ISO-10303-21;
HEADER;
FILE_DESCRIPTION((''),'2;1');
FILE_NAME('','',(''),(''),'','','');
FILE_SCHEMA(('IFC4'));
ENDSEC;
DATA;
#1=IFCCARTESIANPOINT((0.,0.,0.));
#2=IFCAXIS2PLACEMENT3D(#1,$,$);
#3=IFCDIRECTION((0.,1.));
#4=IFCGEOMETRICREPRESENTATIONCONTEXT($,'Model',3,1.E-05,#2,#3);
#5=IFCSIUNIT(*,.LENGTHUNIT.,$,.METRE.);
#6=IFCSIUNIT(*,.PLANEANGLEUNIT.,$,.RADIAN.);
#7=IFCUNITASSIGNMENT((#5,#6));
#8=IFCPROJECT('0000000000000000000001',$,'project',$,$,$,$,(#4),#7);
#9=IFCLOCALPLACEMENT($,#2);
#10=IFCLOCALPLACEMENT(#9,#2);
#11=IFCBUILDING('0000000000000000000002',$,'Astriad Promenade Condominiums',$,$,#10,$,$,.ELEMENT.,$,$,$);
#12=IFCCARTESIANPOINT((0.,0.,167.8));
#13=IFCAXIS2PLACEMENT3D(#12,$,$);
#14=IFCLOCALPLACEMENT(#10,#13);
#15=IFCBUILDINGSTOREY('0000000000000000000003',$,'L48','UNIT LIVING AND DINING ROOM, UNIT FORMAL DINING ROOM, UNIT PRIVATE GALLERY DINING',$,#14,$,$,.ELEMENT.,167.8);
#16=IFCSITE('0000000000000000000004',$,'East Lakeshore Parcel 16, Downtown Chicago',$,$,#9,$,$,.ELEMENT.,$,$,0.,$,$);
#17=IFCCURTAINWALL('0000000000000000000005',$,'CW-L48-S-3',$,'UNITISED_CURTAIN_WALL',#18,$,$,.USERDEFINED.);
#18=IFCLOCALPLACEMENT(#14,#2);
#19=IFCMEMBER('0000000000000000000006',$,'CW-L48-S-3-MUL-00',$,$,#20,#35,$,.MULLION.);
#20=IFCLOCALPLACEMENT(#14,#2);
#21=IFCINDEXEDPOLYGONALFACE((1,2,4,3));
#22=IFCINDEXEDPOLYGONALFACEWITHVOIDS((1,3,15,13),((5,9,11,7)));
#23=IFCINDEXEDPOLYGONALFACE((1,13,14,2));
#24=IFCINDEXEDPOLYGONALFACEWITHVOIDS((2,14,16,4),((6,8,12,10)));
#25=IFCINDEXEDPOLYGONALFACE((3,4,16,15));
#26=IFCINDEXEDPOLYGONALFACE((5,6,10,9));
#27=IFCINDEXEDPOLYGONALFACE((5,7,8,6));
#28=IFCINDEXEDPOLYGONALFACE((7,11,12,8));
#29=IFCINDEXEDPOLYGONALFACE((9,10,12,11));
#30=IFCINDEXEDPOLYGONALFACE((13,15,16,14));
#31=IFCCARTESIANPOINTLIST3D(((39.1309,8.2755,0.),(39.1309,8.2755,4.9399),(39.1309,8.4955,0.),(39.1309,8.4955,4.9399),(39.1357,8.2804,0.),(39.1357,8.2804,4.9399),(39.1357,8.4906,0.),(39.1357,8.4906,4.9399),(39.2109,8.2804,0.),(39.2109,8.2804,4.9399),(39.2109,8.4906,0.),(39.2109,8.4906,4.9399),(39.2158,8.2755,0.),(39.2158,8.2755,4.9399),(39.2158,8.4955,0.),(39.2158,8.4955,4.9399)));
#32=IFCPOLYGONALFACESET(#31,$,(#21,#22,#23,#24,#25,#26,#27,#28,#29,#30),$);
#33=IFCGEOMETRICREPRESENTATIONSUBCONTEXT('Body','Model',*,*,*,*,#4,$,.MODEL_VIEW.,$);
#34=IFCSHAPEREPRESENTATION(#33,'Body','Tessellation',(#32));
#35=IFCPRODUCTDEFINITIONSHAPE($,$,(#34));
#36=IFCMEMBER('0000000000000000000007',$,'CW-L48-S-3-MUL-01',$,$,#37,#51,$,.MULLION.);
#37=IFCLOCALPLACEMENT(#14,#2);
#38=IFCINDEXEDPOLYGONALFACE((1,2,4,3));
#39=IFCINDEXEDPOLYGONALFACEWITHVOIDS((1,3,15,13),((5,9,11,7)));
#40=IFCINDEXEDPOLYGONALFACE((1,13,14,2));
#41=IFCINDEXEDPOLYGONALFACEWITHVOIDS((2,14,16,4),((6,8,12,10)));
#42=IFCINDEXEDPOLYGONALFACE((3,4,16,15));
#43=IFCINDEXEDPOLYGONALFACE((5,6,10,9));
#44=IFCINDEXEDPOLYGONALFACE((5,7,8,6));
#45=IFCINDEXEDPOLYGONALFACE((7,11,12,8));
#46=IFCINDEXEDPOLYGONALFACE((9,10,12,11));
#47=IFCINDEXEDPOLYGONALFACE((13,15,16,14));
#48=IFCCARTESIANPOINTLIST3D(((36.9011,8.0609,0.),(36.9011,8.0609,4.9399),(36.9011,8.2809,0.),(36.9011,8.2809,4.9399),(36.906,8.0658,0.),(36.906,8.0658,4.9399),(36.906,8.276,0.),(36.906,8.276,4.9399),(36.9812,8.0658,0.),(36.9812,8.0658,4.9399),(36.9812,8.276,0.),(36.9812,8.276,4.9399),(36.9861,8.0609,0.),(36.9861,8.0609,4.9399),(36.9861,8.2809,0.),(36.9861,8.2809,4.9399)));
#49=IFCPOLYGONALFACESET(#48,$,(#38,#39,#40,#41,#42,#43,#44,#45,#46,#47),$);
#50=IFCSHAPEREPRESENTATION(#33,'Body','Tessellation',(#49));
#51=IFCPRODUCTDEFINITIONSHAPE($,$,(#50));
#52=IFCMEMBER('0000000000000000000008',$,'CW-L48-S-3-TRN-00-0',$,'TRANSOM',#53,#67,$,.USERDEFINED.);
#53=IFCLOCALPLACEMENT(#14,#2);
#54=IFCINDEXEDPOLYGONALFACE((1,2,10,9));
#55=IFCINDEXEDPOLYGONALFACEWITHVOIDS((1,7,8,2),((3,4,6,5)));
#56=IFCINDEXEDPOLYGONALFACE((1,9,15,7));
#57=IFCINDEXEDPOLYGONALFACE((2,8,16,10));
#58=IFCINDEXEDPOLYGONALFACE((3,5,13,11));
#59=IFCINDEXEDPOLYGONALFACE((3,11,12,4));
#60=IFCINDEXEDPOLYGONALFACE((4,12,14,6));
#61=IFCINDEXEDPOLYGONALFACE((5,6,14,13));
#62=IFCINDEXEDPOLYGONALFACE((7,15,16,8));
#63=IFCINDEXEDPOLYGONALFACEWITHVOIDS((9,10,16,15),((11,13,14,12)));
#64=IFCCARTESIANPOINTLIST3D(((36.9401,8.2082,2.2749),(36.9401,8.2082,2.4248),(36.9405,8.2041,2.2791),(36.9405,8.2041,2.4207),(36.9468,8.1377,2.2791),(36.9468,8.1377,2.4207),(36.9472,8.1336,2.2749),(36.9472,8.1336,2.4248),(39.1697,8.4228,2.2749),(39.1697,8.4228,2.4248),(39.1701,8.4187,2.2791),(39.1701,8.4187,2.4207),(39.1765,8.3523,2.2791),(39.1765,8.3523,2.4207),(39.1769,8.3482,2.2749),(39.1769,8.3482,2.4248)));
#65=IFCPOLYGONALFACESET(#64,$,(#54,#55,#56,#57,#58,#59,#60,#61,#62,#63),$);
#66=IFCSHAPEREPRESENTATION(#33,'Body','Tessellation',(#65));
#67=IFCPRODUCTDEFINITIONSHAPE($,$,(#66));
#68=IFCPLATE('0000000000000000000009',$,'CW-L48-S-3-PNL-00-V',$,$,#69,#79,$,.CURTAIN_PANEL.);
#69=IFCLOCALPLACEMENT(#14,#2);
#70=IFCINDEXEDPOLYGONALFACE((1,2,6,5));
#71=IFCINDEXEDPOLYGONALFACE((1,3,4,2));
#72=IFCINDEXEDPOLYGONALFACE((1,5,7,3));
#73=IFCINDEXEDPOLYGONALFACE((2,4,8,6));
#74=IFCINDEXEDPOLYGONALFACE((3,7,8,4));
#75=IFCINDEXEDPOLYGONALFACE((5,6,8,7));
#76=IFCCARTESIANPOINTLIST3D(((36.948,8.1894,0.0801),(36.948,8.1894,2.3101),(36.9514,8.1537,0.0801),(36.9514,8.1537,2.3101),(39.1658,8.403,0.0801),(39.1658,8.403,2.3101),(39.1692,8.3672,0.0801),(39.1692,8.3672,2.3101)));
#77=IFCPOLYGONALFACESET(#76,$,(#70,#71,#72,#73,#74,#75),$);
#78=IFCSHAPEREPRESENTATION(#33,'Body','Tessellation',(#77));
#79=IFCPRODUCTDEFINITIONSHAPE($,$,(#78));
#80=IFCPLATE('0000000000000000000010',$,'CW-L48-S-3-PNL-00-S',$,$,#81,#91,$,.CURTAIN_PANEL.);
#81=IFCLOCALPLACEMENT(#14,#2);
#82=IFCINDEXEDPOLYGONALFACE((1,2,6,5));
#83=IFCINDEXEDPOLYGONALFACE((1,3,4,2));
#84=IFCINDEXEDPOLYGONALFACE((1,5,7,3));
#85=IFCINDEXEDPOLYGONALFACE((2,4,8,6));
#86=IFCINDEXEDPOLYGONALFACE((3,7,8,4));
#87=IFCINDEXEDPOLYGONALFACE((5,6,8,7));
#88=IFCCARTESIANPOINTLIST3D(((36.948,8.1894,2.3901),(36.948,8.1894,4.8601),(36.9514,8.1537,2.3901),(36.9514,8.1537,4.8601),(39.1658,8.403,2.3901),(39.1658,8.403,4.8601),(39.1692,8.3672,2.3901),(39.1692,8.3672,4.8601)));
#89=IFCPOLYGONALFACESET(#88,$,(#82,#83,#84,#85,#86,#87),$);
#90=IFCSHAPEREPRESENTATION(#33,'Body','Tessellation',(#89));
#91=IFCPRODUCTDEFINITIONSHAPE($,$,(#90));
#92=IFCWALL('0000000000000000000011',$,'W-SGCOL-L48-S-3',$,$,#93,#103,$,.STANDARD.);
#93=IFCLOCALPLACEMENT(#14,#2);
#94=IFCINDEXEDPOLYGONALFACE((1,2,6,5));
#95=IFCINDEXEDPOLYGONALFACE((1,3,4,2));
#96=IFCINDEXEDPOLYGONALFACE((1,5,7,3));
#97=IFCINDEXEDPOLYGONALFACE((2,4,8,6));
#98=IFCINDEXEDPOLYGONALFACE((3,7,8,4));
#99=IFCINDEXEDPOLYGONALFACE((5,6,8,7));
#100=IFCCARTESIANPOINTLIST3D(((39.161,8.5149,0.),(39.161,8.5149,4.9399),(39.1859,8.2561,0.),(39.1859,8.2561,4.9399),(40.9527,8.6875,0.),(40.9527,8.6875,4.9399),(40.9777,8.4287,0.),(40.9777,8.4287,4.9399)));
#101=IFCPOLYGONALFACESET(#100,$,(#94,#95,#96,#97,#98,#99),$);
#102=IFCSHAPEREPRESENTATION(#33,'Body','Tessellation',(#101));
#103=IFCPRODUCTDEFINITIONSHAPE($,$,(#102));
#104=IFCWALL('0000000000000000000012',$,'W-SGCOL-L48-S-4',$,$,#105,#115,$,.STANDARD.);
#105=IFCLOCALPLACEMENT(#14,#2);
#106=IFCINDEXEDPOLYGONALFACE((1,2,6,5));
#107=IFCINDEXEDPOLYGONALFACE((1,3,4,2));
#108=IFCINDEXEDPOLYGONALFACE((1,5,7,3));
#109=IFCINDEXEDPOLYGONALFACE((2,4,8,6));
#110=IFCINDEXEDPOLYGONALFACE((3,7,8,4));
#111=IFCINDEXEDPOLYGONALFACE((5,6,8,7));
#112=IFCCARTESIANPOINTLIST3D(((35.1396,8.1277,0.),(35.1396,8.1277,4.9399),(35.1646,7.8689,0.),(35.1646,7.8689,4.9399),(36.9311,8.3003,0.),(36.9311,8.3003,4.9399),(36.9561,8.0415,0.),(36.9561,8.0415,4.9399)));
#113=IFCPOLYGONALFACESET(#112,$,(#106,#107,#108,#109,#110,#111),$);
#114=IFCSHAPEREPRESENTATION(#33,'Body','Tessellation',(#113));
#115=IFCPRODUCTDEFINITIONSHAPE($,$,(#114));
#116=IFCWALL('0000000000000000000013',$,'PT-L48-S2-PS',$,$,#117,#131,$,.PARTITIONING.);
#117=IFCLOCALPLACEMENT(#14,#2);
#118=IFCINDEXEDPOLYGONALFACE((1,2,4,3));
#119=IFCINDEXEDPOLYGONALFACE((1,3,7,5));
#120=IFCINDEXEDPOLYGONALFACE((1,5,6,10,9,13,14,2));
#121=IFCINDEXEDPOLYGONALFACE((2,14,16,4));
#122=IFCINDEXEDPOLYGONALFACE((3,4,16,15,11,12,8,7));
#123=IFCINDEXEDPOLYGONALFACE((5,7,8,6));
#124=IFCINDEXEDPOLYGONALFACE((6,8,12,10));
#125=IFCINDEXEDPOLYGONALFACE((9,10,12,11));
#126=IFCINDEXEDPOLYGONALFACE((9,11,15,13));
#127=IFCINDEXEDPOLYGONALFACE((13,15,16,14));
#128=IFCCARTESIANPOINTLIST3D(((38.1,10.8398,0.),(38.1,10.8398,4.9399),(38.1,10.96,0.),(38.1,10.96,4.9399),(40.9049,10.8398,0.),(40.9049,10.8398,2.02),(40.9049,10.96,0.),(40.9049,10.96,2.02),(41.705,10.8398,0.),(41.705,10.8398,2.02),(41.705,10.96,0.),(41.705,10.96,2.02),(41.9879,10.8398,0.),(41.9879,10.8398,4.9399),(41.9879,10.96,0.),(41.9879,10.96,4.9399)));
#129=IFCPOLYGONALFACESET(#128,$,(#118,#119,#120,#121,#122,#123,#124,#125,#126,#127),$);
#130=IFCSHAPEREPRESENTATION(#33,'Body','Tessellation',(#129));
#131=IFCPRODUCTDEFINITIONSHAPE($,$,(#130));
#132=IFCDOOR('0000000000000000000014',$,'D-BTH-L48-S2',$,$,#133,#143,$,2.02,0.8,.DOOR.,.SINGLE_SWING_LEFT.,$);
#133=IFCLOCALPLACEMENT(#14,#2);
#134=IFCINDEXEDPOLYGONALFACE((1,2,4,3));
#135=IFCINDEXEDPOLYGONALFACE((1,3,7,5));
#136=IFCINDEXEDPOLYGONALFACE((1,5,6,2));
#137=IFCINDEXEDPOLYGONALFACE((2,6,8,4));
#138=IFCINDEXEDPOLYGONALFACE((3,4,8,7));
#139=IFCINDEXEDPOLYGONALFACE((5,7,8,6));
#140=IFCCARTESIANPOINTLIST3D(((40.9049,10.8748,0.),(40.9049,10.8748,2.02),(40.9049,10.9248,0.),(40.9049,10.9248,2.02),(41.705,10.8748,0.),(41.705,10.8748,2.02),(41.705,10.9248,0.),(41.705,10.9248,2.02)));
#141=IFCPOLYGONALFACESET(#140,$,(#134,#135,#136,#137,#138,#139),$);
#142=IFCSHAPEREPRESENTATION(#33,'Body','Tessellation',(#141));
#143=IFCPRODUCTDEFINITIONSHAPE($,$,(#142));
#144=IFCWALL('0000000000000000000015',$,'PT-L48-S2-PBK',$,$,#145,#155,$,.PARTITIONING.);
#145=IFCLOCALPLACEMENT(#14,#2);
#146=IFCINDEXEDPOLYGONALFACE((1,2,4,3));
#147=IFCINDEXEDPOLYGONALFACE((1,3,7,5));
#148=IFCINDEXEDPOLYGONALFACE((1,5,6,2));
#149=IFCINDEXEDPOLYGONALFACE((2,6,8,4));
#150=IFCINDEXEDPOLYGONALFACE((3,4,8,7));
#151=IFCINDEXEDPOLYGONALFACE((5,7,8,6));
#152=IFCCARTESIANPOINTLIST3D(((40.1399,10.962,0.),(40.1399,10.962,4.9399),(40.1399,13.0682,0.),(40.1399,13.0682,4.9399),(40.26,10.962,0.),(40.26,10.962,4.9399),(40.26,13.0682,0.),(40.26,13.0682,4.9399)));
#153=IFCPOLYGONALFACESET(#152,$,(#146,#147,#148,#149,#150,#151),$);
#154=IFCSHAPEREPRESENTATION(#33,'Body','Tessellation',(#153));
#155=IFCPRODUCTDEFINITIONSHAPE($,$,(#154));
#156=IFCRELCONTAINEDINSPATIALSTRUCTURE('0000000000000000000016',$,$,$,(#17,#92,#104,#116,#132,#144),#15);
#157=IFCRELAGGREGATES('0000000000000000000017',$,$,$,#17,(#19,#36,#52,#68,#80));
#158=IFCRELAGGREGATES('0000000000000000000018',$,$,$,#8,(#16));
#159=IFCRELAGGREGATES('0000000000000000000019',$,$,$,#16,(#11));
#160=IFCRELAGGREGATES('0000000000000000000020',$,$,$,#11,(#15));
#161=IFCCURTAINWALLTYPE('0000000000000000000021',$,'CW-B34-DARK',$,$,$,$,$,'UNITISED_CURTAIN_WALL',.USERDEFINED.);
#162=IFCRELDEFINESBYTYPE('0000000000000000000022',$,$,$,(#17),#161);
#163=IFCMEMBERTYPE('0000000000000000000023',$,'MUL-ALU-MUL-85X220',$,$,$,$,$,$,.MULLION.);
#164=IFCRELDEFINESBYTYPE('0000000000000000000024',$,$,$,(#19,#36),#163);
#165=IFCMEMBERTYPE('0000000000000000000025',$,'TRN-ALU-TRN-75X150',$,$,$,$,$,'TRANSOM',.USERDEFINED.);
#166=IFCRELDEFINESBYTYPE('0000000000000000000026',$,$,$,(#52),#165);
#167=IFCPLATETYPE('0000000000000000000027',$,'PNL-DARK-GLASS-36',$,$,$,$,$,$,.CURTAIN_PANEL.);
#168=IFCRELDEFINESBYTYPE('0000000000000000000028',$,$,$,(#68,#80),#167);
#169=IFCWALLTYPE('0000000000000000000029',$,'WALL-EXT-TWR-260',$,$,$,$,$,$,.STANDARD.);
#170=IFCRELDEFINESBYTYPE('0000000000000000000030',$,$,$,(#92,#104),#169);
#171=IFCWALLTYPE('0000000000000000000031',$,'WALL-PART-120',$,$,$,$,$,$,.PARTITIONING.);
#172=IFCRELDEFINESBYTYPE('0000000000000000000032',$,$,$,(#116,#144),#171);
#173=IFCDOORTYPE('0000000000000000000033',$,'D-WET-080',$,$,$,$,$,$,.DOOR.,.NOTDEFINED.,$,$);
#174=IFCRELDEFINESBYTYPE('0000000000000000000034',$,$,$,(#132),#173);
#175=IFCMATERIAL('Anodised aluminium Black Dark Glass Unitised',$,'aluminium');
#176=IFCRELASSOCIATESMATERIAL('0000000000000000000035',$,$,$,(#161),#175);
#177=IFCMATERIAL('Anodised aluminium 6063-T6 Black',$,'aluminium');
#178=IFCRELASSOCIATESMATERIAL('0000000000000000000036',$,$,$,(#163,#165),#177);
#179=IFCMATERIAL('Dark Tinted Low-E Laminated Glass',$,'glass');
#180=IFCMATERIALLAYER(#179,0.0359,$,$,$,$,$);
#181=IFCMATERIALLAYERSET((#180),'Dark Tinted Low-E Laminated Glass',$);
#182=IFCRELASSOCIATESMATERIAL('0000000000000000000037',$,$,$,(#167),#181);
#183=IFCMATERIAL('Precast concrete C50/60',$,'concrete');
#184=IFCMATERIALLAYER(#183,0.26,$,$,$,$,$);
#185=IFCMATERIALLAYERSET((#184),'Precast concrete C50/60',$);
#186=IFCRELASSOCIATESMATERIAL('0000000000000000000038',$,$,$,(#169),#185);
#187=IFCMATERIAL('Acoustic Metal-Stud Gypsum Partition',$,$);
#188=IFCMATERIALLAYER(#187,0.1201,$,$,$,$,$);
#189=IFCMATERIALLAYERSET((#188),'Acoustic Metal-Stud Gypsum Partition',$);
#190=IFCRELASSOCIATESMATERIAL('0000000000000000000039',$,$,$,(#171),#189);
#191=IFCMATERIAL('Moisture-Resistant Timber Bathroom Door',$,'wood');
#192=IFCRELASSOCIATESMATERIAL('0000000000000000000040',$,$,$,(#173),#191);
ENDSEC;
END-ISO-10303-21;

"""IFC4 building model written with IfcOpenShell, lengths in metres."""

from ifc_helpers import new_model, si_unit, direction, frame, frame_2d, origin, origin_2d, place, context, subcontext, project, spatial, rectangle, hollow_rectangle, extrude, source, transform, mapped, material, layer, layer_set, material_profile, profile_set, type_object, type_shapes, element, fill, aggregate, save


model = new_model("IFC4")

# Units and contexts
model_context = context("Model", 3, precision=1e-05, world=origin(), true_north=direction((0.0, 1.0)))
body_context = subcontext(model_context, "Body", "Model", "MODEL_VIEW")
ifc_project = project(units=[si_unit("LENGTHUNIT", "METRE"), si_unit("PLANEANGLEUNIT", "RADIAN")], contexts=[model_context])

# Site, building, storey
site_placement = place(None, origin())
site = spatial("IfcSite", under=ifc_project, at=site_placement, Name="East Lakeshore Parcel 16, Downtown Chicago", CompositionType="ELEMENT", RefElevation=0.0)
building_placement = place(site_placement, origin())
building = spatial("IfcBuilding", under=site, at=building_placement, Name="Astriad Promenade Condominiums", CompositionType="ELEMENT")
storey_placement = place(building_placement, frame((0.0, 0.0, 167.8)))
storey = spatial("IfcBuildingStorey", under=building, at=storey_placement, Name="L48", Description="UNIT LIVING AND DINING ROOM, UNIT FORMAL DINING ROOM, UNIT PRIVATE GALLERY DINING", CompositionType="ELEMENT", Elevation=167.8)

# Shared definitions
ifc_material_1 = material(Name="Anodised aluminium Black Dark Glass Unitised", Category="aluminium")
curtain_wall_type = type_object("IfcCurtainWallType", Name="CW-B34-DARK", ElementType="UNITISED_CURTAIN_WALL", PredefinedType="USERDEFINED", material=ifc_material_1)
ifc_material_2 = material(Name="Anodised aluminium 6063-T6 Black", Category="aluminium")
ifc_material_profile_1 = material_profile(ifc_material_2, hollow_rectangle(XDim=0.085, YDim=0.22, WallThickness=0.0049, at=origin_2d()), Name="ALU-MUL-85X220")
ifc_profile_set_1 = profile_set([ifc_material_profile_1], Name="Anodised aluminium 6063-T6 Black")
member_type_1 = type_object("IfcMemberType", Name="MUL-ALU-MUL-85X220", PredefinedType="MULLION", material=ifc_profile_set_1)
shared_shape_1 = source(origin(), body_context, "Body", "SweptSolid", [
    extrude(hollow_rectangle(XDim=0.085, YDim=0.22, WallThickness=0.0049, at=origin_2d()), origin(), (0.0, 0.0, 1.0), 4.9399),
])
type_shapes(member_type_1, [shared_shape_1])

# Curtain wall, members, plates
curtain_wall_1_placement = place(storey_placement, origin())
curtain_wall_1 = element("IfcCurtainWall", 1, at=curtain_wall_1_placement, inside=storey, type_object=curtain_wall_type, Name="CW-L48-S-3", ObjectType="UNITISED_CURTAIN_WALL", PredefinedType="USERDEFINED")
member_1_placement = place(storey_placement, frame((39.1733, 8.3855, 0.0), z_axis=(0.0, 0.0, 1.0), x_axis=(1.0, 0.0, 0.0)))
member_1 = element("IfcMember", 2, at=member_1_placement, type_object=member_type_1, Name="CW-L48-S-3-MUL-00", PredefinedType="MULLION", context=body_context, shape_type="MappedRepresentation", body=[
    mapped(shared_shape_1, transform((0.0, 0.0, 0.0), scale=1.0)),
])
member_2_placement = place(storey_placement, frame((36.9436, 8.1709, 0.0), z_axis=(0.0, 0.0, 1.0), x_axis=(1.0, 0.0, 0.0)))
member_2 = element("IfcMember", 3, at=member_2_placement, type_object=member_type_1, Name="CW-L48-S-3-MUL-01", PredefinedType="MULLION", context=body_context, shape_type="MappedRepresentation", body=[
    mapped(shared_shape_1, transform((0.0, 0.0, 0.0), scale=1.0)),
])
ifc_material_profile_2 = material_profile(ifc_material_2, hollow_rectangle(XDim=0.075, YDim=0.1499, WallThickness=0.0042, at=origin_2d()), Name="ALU-TRN-75X150")
ifc_profile_set_2 = profile_set([ifc_material_profile_2], Name="Anodised aluminium 6063-T6 Black")
member_type_2 = type_object("IfcMemberType", Name="TRN-ALU-TRN-75X150", ElementType="TRANSOM", PredefinedType="USERDEFINED", material=ifc_profile_set_2)
shared_shape_2 = source(origin(), body_context, "Body", "SweptSolid", [
    extrude(hollow_rectangle(XDim=0.075, YDim=0.1499, WallThickness=0.0042, at=origin_2d()), origin(), (0.0, 0.0, 1.0), 2.24),
])
type_shapes(member_type_2, [shared_shape_2])
member_3_placement = place(storey_placement, frame((39.1733, 8.3855, 2.3499), z_axis=(-0.9954, -0.095802, 0.0), x_axis=(0.095802, -0.9954, 0.0)))
member_3 = element("IfcMember", 4, at=member_3_placement, type_object=member_type_2, Name="CW-L48-S-3-TRN-00-0", ObjectType="TRANSOM", PredefinedType="USERDEFINED", context=body_context, shape_type="MappedRepresentation", body=[
    mapped(shared_shape_2, transform((0.0, 0.0, 0.0), scale=1.0)),
])
ifc_material_3 = material(Name="Dark Tinted Low-E Laminated Glass", Category="glass")
ifc_layer_1 = layer(ifc_material_3, 0.0359)
ifc_layer_set_1 = layer_set([ifc_layer_1], Name="Dark Tinted Low-E Laminated Glass")
plate_type = type_object("IfcPlateType", Name="PNL-DARK-GLASS-36", PredefinedType="CURTAIN_PANEL", material=ifc_layer_set_1)
shared_shape_3 = source(origin(), body_context, "Body", "SweptSolid", [
    extrude(rectangle(XDim=2.228, YDim=0.0359, at=origin_2d()), origin(), (0.0, 0.0, 1.0), 2.23),
])
plate_1_placement = place(storey_placement, frame((38.0586, 8.2783, 0.0801), z_axis=(0.0, 0.0, 1.0), x_axis=(-0.995396, -0.095846, 0.0)))
plate_1 = element("IfcPlate", 5, at=plate_1_placement, type_object=plate_type, Name="CW-L48-S-3-PNL-00-V", PredefinedType="CURTAIN_PANEL", context=body_context, shape_type="MappedRepresentation", body=[
    mapped(shared_shape_3, transform((0.0, 0.0, 0.0), scale=1.0)),
])
shared_shape_4 = source(origin(), body_context, "Body", "SweptSolid", [
    extrude(rectangle(XDim=2.228, YDim=0.0359, at=origin_2d()), origin(), (0.0, 0.0, 1.0), 2.47),
])
type_shapes(plate_type, [shared_shape_3, shared_shape_4])
plate_2_placement = place(storey_placement, frame((38.0586, 8.2783, 2.3901), z_axis=(0.0, 0.0, 1.0), x_axis=(-0.995396, -0.095846, 0.0)))
plate_2 = element("IfcPlate", 6, at=plate_2_placement, type_object=plate_type, Name="CW-L48-S-3-PNL-00-S", PredefinedType="CURTAIN_PANEL", context=body_context, shape_type="MappedRepresentation", body=[
    mapped(shared_shape_4, transform((0.0, 0.0, 0.0), scale=1.0)),
])
aggregate(curtain_wall_1, [member_1, member_2, member_3, plate_1, plate_2])

# Walls
ifc_material_4 = material(Name="Precast concrete C50/60", Category="concrete")
ifc_layer_2 = layer(ifc_material_4, 0.26)
ifc_layer_set_2 = layer_set([ifc_layer_2], Name="Precast concrete C50/60")
wall_type_1 = type_object("IfcWallType", Name="WALL-EXT-TWR-260", PredefinedType="STANDARD", material=ifc_layer_set_2)
wall_1_placement = place(storey_placement, frame((40.9651, 8.5581, 0.0), z_axis=(0.0, 0.0, 1.0), x_axis=(-0.995392, -0.095891, 0.0)))
element("IfcWall", 7, at=wall_1_placement, inside=storey, type_object=wall_type_1, Name="W-SGCOL-L48-S-3", PredefinedType="STANDARD", context=body_context, shape_type="SweptSolid", body=[
    extrude(rectangle(XDim=1.8, YDim=0.26, at=frame_2d((0.8999, 0.0))), origin(), (0.0, 0.0, 1.0), 4.9399),
])
wall_2_placement = place(storey_placement, frame((36.9436, 8.1709, 0.0), z_axis=(0.0, 0.0, 1.0), x_axis=(-0.995391, -0.095904, 0.0)))
element("IfcWall", 8, at=wall_2_placement, inside=storey, type_object=wall_type_1, Name="W-SGCOL-L48-S-4", PredefinedType="STANDARD", context=body_context, shape_type="SweptSolid", body=[
    extrude(rectangle(XDim=1.7998, YDim=0.26, at=frame_2d((0.8999, 0.0))), origin(), (0.0, 0.0, 1.0), 4.9399),
])

# Wall, opening, door
ifc_material_5 = material(Name="Acoustic Metal-Stud Gypsum Partition")
ifc_layer_3 = layer(ifc_material_5, 0.1201)
ifc_layer_set_3 = layer_set([ifc_layer_3], Name="Acoustic Metal-Stud Gypsum Partition")
wall_type_2 = type_object("IfcWallType", Name="WALL-PART-120", PredefinedType="PARTITIONING", material=ifc_layer_set_3)
wall_3_placement = place(storey_placement, frame((38.1001, 10.8999, 0.0), z_axis=(0.0, 0.0, 1.0), x_axis=(1.0, 0.0, 0.0)))
wall_3 = element("IfcWall", 9, at=wall_3_placement, inside=storey, type_object=wall_type_2, Name="PT-L48-S2-PS", PredefinedType="PARTITIONING", context=body_context, shape_type="SweptSolid", body=[
    extrude(rectangle(XDim=3.8879, YDim=0.1201, at=frame_2d((1.9438, 0.0))), origin(), (0.0, 0.0, 1.0), 4.9399),
])
opening_1_placement = place(wall_3_placement, frame((2.8049, 0.0, 0.0)))
opening_1 = element("IfcOpeningElement", 10, at=opening_1_placement, cuts=wall_3, PredefinedType="OPENING", context=body_context, shape_type="SweptSolid", body=[
    extrude(rectangle(XDim=0.8, YDim=2.02, at=frame_2d((0.3999, 1.01))), frame((0.0, 0.0701, 0.0), z_axis=(0.0, -1.0, 0.0), x_axis=(1.0, 0.0, 0.0)), (0.0, 0.0, 1.0), 0.1401),
])
ifc_material_6 = material(Name="Moisture-Resistant Timber Bathroom Door", Category="wood")
door_type_1 = type_object("IfcDoorType", Name="D-WET-080", OperationType="NOTDEFINED", PredefinedType="DOOR", material=ifc_material_6)
shared_shape_5 = source(origin(), body_context, "Body", "SweptSolid", [
    extrude(rectangle(XDim=0.8, YDim=2.02, at=frame_2d((0.3999, 1.01))), frame((0.0, 0.0249, 0.0), z_axis=(0.0, -1.0, 0.0), x_axis=(1.0, 0.0, 0.0)), (0.0, 0.0, 1.0), 0.05),
])
type_shapes(door_type_1, [shared_shape_5])
door_1_placement = place(opening_1_placement, origin())
door_1 = element("IfcDoor", 11, at=door_1_placement, inside=storey, type_object=door_type_1, Name="D-BTH-L48-S2", OperationType="SINGLE_SWING_LEFT", OverallHeight=2.02, OverallWidth=0.8, PredefinedType="DOOR", context=body_context, shape_type="MappedRepresentation", body=[
    mapped(shared_shape_5, transform((0.0, 0.0, 0.0), scale=1.0)),
])
fill(opening_1, door_1)

# Wall
wall_4_placement = place(storey_placement, frame((40.2, 10.9619, 0.0), z_axis=(0.0, 0.0, 1.0), x_axis=(0.0, 1.0, 0.0)))
element("IfcWall", 12, at=wall_4_placement, inside=storey, type_object=wall_type_2, Name="PT-L48-S2-PBK", PredefinedType="PARTITIONING", context=body_context, shape_type="SweptSolid", body=[
    extrude(rectangle(XDim=2.1062, YDim=0.1201, at=frame_2d((1.0532, 0.0))), origin(), (0.0, 0.0, 1.0), 4.9399),
])

save(model, "model.ifc")
